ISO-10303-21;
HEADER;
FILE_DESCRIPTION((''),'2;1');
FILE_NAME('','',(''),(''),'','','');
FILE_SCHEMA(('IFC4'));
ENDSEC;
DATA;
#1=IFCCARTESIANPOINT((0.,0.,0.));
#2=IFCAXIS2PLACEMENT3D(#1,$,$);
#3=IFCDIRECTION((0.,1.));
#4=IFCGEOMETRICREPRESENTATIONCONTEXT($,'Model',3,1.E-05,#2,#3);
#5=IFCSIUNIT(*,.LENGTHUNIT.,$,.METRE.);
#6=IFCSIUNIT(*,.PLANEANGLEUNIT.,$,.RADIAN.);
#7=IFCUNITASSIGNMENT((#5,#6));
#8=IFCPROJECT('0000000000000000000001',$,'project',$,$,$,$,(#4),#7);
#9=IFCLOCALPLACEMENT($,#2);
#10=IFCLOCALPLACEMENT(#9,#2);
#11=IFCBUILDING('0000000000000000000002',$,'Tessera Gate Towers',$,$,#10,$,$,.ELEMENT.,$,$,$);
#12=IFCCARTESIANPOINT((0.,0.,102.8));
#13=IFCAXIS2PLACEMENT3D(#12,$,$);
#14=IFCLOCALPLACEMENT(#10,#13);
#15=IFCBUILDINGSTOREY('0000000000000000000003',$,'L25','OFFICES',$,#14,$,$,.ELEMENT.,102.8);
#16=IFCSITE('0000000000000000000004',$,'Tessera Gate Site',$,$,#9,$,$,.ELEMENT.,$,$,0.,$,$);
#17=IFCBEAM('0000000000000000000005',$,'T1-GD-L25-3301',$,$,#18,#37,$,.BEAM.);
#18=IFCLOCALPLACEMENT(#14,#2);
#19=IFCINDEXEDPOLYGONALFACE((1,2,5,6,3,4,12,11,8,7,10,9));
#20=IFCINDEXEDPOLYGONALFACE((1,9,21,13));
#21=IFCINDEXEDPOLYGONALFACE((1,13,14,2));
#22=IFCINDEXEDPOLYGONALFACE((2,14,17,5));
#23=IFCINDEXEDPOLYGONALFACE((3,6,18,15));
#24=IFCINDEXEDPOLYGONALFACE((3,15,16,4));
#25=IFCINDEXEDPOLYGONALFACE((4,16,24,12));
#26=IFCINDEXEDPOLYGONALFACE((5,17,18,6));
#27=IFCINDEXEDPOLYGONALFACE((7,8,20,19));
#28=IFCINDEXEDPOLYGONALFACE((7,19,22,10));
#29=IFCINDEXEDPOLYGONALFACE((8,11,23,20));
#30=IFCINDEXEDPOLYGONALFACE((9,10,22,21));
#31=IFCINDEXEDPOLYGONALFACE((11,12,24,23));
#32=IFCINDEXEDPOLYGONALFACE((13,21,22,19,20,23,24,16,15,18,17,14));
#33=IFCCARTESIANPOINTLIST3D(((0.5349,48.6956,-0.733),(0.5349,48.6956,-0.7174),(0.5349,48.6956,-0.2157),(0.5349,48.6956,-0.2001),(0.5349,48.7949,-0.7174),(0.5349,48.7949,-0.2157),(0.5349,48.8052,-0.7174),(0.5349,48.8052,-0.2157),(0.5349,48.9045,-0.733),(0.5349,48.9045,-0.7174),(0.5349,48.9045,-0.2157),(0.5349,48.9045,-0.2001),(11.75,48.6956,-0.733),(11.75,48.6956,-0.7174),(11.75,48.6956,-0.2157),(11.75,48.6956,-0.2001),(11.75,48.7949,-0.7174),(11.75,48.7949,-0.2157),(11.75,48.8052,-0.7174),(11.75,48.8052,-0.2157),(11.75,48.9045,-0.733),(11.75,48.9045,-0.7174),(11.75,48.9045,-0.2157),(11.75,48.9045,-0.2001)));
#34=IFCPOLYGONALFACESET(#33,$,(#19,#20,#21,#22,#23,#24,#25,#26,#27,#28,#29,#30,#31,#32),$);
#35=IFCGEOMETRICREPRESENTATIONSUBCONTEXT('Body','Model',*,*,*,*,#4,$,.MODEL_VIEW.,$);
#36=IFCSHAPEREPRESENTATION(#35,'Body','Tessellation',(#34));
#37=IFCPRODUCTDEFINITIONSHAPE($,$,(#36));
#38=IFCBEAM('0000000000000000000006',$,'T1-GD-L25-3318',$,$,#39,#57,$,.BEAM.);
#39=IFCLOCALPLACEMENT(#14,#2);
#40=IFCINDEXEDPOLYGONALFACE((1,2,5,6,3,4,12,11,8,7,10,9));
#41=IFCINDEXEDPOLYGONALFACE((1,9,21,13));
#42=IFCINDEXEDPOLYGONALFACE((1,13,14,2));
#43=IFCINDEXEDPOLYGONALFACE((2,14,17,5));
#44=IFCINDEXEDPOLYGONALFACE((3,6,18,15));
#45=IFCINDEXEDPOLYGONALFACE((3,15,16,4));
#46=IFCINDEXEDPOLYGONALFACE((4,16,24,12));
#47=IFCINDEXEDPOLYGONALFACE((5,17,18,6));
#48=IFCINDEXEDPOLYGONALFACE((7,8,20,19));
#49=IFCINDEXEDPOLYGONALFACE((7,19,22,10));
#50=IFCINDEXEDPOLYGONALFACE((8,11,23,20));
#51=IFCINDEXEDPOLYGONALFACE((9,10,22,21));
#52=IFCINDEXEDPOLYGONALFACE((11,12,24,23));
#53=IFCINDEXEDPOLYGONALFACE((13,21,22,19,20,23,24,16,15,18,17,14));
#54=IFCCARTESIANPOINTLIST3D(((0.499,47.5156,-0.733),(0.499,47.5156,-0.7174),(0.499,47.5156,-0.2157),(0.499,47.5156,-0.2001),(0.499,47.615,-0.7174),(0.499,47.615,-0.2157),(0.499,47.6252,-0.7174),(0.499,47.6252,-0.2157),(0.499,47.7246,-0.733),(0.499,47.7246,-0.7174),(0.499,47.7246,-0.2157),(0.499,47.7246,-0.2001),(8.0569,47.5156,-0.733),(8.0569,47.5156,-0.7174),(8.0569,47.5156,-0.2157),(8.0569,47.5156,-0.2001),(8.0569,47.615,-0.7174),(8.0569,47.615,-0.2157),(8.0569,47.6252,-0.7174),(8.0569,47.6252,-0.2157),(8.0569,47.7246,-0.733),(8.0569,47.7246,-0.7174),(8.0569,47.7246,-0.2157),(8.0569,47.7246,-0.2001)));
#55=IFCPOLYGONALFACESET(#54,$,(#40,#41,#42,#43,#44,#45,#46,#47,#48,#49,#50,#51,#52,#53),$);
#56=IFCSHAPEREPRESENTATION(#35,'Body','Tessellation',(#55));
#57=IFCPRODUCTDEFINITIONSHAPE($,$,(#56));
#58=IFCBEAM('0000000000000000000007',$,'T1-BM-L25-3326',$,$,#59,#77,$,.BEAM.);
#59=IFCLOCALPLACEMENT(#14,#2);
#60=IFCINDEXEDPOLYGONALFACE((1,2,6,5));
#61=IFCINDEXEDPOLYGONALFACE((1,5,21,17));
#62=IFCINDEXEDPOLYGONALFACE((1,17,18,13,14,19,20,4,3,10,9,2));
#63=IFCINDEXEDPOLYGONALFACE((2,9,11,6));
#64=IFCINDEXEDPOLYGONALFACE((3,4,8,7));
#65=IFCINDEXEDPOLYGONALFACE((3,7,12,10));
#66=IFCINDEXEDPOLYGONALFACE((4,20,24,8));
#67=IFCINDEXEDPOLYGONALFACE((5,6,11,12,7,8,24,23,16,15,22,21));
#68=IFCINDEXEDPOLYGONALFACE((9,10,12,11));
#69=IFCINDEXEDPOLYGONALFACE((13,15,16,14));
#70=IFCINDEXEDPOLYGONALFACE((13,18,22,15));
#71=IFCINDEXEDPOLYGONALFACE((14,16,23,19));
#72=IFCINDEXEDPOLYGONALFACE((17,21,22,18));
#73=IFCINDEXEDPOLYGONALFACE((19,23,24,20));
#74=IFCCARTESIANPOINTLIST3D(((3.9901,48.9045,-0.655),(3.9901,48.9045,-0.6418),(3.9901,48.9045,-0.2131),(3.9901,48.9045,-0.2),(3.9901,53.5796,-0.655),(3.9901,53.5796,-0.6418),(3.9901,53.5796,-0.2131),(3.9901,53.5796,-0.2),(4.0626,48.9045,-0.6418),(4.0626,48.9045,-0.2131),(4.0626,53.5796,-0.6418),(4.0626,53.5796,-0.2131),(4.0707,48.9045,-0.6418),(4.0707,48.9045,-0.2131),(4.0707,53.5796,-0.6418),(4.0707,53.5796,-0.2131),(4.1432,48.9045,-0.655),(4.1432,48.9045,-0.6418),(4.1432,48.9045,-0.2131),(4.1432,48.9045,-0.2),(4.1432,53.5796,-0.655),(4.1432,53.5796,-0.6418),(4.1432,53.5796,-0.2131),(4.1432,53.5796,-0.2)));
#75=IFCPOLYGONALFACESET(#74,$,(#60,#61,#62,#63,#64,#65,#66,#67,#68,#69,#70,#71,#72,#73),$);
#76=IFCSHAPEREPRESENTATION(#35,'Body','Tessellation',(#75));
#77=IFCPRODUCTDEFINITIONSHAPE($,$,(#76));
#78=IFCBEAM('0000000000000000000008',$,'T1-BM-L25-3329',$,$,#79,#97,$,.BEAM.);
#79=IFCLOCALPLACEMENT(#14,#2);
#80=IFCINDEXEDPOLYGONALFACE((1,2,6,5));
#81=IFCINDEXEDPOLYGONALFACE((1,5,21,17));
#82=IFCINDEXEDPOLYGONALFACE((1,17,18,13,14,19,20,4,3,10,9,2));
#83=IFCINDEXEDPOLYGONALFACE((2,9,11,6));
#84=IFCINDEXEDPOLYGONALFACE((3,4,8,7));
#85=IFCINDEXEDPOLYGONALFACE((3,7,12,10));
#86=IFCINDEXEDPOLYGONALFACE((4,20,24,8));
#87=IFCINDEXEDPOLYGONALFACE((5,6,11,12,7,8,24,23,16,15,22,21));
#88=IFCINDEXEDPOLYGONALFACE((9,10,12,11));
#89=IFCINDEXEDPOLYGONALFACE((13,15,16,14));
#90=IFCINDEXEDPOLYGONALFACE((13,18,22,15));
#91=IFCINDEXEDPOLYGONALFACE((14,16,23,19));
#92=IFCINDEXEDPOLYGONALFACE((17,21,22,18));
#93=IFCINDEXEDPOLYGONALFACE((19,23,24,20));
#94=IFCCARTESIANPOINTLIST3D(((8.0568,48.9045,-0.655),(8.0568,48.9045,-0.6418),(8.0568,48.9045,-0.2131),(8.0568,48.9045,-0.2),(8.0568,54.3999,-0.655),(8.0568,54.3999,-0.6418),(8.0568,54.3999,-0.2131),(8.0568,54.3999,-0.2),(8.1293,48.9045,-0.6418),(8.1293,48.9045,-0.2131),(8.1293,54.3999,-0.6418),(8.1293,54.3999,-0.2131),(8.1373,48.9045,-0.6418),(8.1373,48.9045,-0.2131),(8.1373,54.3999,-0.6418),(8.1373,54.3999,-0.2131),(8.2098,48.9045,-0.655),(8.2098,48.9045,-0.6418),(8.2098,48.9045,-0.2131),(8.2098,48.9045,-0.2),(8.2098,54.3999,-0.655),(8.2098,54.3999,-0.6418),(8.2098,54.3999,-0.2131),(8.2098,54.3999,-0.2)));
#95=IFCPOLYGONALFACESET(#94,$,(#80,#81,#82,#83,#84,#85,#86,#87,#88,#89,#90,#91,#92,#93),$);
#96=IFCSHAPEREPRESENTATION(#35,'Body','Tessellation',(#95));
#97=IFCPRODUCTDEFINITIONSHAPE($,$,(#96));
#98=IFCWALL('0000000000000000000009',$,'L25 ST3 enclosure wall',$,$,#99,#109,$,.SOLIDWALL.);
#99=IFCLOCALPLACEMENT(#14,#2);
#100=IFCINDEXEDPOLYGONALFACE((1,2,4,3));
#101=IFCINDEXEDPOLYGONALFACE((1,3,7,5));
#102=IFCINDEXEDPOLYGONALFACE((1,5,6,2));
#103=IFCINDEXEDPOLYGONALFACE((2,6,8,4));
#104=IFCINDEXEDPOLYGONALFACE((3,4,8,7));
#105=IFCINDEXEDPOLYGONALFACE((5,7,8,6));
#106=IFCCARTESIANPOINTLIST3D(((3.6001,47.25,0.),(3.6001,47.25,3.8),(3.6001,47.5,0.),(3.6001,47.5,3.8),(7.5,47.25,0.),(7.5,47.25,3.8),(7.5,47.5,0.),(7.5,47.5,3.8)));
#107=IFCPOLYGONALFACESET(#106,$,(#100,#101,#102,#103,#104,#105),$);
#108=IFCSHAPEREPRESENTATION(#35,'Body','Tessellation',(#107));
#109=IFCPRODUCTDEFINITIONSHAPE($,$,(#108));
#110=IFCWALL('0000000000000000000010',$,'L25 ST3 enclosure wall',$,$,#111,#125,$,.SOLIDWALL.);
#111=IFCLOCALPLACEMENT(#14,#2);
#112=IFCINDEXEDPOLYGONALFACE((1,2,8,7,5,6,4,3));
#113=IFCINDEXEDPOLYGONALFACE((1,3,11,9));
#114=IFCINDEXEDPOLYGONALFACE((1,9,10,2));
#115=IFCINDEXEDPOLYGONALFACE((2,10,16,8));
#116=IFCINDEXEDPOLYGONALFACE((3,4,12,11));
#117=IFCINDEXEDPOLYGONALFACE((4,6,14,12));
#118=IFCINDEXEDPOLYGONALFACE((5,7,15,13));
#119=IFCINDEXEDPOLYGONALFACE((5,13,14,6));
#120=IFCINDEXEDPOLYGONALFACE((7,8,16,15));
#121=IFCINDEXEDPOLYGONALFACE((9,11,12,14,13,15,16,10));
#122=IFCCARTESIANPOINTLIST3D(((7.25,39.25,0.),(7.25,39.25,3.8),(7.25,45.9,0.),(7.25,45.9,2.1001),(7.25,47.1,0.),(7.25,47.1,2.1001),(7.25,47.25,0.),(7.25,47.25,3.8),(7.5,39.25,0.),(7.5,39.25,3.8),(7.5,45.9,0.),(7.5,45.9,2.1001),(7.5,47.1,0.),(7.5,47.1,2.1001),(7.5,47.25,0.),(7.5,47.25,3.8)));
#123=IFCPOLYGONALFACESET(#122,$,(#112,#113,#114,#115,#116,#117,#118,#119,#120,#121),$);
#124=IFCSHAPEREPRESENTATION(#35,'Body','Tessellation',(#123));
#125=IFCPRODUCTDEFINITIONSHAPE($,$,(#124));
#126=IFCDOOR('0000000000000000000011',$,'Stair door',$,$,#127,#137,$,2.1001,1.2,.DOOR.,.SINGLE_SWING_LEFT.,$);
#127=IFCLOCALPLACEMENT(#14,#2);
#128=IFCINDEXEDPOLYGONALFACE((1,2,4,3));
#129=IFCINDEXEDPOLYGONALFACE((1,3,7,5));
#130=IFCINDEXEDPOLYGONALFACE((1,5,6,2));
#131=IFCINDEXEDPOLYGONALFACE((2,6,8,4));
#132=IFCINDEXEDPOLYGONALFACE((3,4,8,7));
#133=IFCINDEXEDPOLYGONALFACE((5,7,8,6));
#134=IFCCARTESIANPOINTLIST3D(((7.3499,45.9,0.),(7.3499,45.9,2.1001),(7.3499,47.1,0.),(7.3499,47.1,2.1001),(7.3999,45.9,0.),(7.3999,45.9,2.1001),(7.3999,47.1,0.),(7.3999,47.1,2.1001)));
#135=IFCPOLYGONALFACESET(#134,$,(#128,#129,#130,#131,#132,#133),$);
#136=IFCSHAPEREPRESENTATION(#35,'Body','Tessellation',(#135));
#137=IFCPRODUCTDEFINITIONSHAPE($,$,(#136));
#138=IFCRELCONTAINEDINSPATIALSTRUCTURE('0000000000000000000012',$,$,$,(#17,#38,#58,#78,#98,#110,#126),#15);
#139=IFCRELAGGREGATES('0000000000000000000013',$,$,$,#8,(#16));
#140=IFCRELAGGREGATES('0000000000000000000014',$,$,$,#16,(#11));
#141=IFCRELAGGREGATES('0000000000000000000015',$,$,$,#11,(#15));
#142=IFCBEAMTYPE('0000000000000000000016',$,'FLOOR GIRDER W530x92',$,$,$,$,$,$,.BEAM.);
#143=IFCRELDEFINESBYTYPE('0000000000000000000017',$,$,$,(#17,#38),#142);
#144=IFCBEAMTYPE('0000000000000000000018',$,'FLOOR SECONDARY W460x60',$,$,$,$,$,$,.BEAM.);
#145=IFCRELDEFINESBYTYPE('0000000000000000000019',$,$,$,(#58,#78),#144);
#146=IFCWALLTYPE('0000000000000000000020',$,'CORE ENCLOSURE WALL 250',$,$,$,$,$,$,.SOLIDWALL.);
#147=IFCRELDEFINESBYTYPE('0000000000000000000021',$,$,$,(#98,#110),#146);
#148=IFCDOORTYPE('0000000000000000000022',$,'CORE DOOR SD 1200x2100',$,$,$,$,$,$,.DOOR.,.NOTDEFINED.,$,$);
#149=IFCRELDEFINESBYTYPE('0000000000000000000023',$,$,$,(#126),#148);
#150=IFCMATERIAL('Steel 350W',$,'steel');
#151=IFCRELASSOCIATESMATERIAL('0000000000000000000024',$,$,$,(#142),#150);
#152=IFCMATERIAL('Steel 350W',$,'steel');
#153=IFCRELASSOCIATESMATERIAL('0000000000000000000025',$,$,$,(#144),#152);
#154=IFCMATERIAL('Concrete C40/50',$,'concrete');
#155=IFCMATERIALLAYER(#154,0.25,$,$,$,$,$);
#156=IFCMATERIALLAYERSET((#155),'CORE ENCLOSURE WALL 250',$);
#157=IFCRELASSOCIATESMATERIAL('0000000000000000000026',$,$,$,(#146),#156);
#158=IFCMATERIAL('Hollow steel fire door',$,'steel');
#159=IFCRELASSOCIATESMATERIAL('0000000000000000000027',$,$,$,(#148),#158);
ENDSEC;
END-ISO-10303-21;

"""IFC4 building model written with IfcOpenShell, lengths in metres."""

from ifc_helpers import new_model, si_unit, direction, frame, frame_2d, origin, origin_2d, place, context, subcontext, project, spatial, rectangle, i_section, extrude, source, transform, mapped, material, layer, layer_set, material_profile, profile_set, type_object, element, fill, save


model = new_model("IFC4")

# Units and contexts
model_context = context("Model", 3, precision=1e-05, world=origin(), true_north=direction((0.0, 1.0)))
body_context = subcontext(model_context, "Body", "Model", "MODEL_VIEW")
ifc_project = project(units=[si_unit("LENGTHUNIT", "METRE"), si_unit("PLANEANGLEUNIT", "RADIAN")], contexts=[model_context])

# Site, building, storey
site_placement = place(None, origin())
site = spatial("IfcSite", under=ifc_project, at=site_placement, Name="Tessera Gate Site", CompositionType="ELEMENT", RefElevation=0.0)
building_placement = place(site_placement, origin())
building = spatial("IfcBuilding", under=site, at=building_placement, Name="Tessera Gate Towers", CompositionType="ELEMENT")
storey_placement = place(building_placement, frame((0.0, 0.0, 102.8)))
storey = spatial("IfcBuildingStorey", under=building, at=storey_placement, Name="L25", Description="OFFICES", CompositionType="ELEMENT", Elevation=102.8)

# Beams
ifc_material_1 = material(Name="Steel 350W", Category="steel")
ifc_material_profile_1 = material_profile(ifc_material_1, i_section(OverallWidth=0.209, OverallDepth=0.533, WebThickness=0.0103, FlangeThickness=0.0156, at=origin_2d()), Name="W530x92")
ifc_profile_set_1 = profile_set([ifc_material_profile_1], Name="Steel 350W")
beam_type_1 = type_object("IfcBeamType", Name="FLOOR GIRDER W530x92", PredefinedType="BEAM", material=ifc_profile_set_1)
beam_1_placement = place(storey_placement, frame((0.5349, 48.8, -0.4666), z_axis=(1.0, 0.0, 0.0), x_axis=(0.0, 1.0, 0.0)))
element("IfcBeam", 1, at=beam_1_placement, inside=storey, type_object=beam_type_1, Name="T1-GD-L25-3301", PredefinedType="BEAM", context=body_context, shape_type="SweptSolid", body=[
    extrude(i_section(OverallWidth=0.209, OverallDepth=0.533, WebThickness=0.0103, FlangeThickness=0.0156, at=origin_2d()), origin(), (0.0, 0.0, 1.0), 11.2151),
])
beam_2_placement = place(storey_placement, frame((0.499, 47.6201, -0.4666), z_axis=(1.0, 0.0, 0.0), x_axis=(0.0, 1.0, 0.0)))
element("IfcBeam", 2, at=beam_2_placement, inside=storey, type_object=beam_type_1, Name="T1-GD-L25-3318", PredefinedType="BEAM", context=body_context, shape_type="SweptSolid", body=[
    extrude(i_section(OverallWidth=0.209, OverallDepth=0.533, WebThickness=0.0103, FlangeThickness=0.0156, at=origin_2d()), origin(), (0.0, 0.0, 1.0), 7.5579),
])
ifc_material_2 = material(Name="Steel 350W", Category="steel")
ifc_material_profile_2 = material_profile(ifc_material_2, i_section(OverallWidth=0.1531, OverallDepth=0.4551, WebThickness=0.0081, FlangeThickness=0.0132, at=origin_2d()), Name="W460x60")
ifc_profile_set_2 = profile_set([ifc_material_profile_2], Name="Steel 350W")
beam_type_2 = type_object("IfcBeamType", Name="FLOOR SECONDARY W460x60", PredefinedType="BEAM", material=ifc_profile_set_2)
beam_3_placement = place(storey_placement, frame((4.0667, 48.9045, -0.4275), z_axis=(0.0, 1.0, 0.0), x_axis=(-1.0, 0.0, 0.0)))
element("IfcBeam", 3, at=beam_3_placement, inside=storey, type_object=beam_type_2, Name="T1-BM-L25-3326", PredefinedType="BEAM", context=body_context, shape_type="SweptSolid", body=[
    extrude(i_section(OverallWidth=0.1531, OverallDepth=0.4551, WebThickness=0.0081, FlangeThickness=0.0132, at=origin_2d()), origin(), (0.0, 0.0, 1.0), 4.675),
])
beam_4_placement = place(storey_placement, frame((8.1333, 48.9045, -0.4275), z_axis=(0.0, 1.0, 0.0), x_axis=(-1.0, 0.0, 0.0)))
element("IfcBeam", 4, at=beam_4_placement, inside=storey, type_object=beam_type_2, Name="T1-BM-L25-3329", PredefinedType="BEAM", context=body_context, shape_type="SweptSolid", body=[
    extrude(i_section(OverallWidth=0.1531, OverallDepth=0.4551, WebThickness=0.0081, FlangeThickness=0.0132, at=origin_2d()), origin(), (0.0, 0.0, 1.0), 5.4954),
])

# Wall
ifc_material_3 = material(Name="Concrete C40/50", Category="concrete")
ifc_layer_1 = layer(ifc_material_3, 0.25)
ifc_layer_set_1 = layer_set([ifc_layer_1], Name="CORE ENCLOSURE WALL 250")
wall_type_1 = type_object("IfcWallType", Name="CORE ENCLOSURE WALL 250", PredefinedType="SOLIDWALL", material=ifc_layer_set_1)
wall_1_placement = place(storey_placement, frame((3.6001, 47.375, 0.0), z_axis=(0.0, 0.0, 1.0), x_axis=(1.0, 0.0, 0.0)))
element("IfcWall", 5, at=wall_1_placement, inside=storey, type_object=wall_type_1, Name="L25 ST3 enclosure wall", PredefinedType="SOLIDWALL", context=body_context, shape_type="SweptSolid", body=[
    extrude(rectangle(XDim=3.8999, YDim=0.25, at=frame_2d((1.95, 0.0))), origin(), (0.0, 0.0, 1.0), 3.8),
])

# Wall, opening, door
wall_2_placement = place(storey_placement, frame((7.375, 47.25, 0.0), z_axis=(0.0, 0.0, 1.0), x_axis=(0.0, -1.0, 0.0)))
wall_2 = element("IfcWall", 6, at=wall_2_placement, inside=storey, type_object=wall_type_1, Name="L25 ST3 enclosure wall", PredefinedType="SOLIDWALL", context=body_context, shape_type="SweptSolid", body=[
    extrude(rectangle(XDim=8.0, YDim=0.25, at=frame_2d((4.0, 0.0))), origin(), (0.0, 0.0, 1.0), 3.8),
])
shared_shape_1 = source(origin(), body_context, "Body", "SweptSolid", [
    extrude(rectangle(XDim=1.2, YDim=2.1001, at=frame_2d((0.6001, 1.05))), frame((0.0, 0.135, 0.0), z_axis=(0.0, -1.0, 0.0), x_axis=(1.0, 0.0, 0.0)), (0.0, 0.0, 1.0), 0.27),
])
opening_1_placement = place(wall_2_placement, frame((0.1499, 0.0, 0.0)))
opening_1 = element("IfcOpeningElement", 7, at=opening_1_placement, cuts=wall_2, PredefinedType="OPENING", context=body_context, shape_type="MappedRepresentation", body=[
    mapped(shared_shape_1, transform((0.0, 0.0, 0.0), scale=1.0)),
])
ifc_material_4 = material(Name="Hollow steel fire door", Category="steel")
door_type_1 = type_object("IfcDoorType", Name="CORE DOOR SD 1200x2100", OperationType="NOTDEFINED", PredefinedType="DOOR", material=ifc_material_4)
shared_shape_2 = source(origin(), body_context, "Body", "SweptSolid", [
    extrude(rectangle(XDim=1.2, YDim=2.1001, at=frame_2d((0.6001, 1.05))), frame((0.0, 0.0249, 0.0), z_axis=(0.0, -1.0, 0.0), x_axis=(1.0, 0.0, 0.0)), (0.0, 0.0, 1.0), 0.05),
])
door_1_placement = place(opening_1_placement, origin())
door_1 = element("IfcDoor", 8, at=door_1_placement, inside=storey, type_object=door_type_1, Name="Stair door", OperationType="SINGLE_SWING_LEFT", OverallHeight=2.1001, OverallWidth=1.2, PredefinedType="DOOR", context=body_context, shape_type="MappedRepresentation", body=[
    mapped(shared_shape_2, transform((0.0, 0.0, 0.0), scale=1.0)),
])
fill(opening_1, door_1)

save(model, "model.ifc")
